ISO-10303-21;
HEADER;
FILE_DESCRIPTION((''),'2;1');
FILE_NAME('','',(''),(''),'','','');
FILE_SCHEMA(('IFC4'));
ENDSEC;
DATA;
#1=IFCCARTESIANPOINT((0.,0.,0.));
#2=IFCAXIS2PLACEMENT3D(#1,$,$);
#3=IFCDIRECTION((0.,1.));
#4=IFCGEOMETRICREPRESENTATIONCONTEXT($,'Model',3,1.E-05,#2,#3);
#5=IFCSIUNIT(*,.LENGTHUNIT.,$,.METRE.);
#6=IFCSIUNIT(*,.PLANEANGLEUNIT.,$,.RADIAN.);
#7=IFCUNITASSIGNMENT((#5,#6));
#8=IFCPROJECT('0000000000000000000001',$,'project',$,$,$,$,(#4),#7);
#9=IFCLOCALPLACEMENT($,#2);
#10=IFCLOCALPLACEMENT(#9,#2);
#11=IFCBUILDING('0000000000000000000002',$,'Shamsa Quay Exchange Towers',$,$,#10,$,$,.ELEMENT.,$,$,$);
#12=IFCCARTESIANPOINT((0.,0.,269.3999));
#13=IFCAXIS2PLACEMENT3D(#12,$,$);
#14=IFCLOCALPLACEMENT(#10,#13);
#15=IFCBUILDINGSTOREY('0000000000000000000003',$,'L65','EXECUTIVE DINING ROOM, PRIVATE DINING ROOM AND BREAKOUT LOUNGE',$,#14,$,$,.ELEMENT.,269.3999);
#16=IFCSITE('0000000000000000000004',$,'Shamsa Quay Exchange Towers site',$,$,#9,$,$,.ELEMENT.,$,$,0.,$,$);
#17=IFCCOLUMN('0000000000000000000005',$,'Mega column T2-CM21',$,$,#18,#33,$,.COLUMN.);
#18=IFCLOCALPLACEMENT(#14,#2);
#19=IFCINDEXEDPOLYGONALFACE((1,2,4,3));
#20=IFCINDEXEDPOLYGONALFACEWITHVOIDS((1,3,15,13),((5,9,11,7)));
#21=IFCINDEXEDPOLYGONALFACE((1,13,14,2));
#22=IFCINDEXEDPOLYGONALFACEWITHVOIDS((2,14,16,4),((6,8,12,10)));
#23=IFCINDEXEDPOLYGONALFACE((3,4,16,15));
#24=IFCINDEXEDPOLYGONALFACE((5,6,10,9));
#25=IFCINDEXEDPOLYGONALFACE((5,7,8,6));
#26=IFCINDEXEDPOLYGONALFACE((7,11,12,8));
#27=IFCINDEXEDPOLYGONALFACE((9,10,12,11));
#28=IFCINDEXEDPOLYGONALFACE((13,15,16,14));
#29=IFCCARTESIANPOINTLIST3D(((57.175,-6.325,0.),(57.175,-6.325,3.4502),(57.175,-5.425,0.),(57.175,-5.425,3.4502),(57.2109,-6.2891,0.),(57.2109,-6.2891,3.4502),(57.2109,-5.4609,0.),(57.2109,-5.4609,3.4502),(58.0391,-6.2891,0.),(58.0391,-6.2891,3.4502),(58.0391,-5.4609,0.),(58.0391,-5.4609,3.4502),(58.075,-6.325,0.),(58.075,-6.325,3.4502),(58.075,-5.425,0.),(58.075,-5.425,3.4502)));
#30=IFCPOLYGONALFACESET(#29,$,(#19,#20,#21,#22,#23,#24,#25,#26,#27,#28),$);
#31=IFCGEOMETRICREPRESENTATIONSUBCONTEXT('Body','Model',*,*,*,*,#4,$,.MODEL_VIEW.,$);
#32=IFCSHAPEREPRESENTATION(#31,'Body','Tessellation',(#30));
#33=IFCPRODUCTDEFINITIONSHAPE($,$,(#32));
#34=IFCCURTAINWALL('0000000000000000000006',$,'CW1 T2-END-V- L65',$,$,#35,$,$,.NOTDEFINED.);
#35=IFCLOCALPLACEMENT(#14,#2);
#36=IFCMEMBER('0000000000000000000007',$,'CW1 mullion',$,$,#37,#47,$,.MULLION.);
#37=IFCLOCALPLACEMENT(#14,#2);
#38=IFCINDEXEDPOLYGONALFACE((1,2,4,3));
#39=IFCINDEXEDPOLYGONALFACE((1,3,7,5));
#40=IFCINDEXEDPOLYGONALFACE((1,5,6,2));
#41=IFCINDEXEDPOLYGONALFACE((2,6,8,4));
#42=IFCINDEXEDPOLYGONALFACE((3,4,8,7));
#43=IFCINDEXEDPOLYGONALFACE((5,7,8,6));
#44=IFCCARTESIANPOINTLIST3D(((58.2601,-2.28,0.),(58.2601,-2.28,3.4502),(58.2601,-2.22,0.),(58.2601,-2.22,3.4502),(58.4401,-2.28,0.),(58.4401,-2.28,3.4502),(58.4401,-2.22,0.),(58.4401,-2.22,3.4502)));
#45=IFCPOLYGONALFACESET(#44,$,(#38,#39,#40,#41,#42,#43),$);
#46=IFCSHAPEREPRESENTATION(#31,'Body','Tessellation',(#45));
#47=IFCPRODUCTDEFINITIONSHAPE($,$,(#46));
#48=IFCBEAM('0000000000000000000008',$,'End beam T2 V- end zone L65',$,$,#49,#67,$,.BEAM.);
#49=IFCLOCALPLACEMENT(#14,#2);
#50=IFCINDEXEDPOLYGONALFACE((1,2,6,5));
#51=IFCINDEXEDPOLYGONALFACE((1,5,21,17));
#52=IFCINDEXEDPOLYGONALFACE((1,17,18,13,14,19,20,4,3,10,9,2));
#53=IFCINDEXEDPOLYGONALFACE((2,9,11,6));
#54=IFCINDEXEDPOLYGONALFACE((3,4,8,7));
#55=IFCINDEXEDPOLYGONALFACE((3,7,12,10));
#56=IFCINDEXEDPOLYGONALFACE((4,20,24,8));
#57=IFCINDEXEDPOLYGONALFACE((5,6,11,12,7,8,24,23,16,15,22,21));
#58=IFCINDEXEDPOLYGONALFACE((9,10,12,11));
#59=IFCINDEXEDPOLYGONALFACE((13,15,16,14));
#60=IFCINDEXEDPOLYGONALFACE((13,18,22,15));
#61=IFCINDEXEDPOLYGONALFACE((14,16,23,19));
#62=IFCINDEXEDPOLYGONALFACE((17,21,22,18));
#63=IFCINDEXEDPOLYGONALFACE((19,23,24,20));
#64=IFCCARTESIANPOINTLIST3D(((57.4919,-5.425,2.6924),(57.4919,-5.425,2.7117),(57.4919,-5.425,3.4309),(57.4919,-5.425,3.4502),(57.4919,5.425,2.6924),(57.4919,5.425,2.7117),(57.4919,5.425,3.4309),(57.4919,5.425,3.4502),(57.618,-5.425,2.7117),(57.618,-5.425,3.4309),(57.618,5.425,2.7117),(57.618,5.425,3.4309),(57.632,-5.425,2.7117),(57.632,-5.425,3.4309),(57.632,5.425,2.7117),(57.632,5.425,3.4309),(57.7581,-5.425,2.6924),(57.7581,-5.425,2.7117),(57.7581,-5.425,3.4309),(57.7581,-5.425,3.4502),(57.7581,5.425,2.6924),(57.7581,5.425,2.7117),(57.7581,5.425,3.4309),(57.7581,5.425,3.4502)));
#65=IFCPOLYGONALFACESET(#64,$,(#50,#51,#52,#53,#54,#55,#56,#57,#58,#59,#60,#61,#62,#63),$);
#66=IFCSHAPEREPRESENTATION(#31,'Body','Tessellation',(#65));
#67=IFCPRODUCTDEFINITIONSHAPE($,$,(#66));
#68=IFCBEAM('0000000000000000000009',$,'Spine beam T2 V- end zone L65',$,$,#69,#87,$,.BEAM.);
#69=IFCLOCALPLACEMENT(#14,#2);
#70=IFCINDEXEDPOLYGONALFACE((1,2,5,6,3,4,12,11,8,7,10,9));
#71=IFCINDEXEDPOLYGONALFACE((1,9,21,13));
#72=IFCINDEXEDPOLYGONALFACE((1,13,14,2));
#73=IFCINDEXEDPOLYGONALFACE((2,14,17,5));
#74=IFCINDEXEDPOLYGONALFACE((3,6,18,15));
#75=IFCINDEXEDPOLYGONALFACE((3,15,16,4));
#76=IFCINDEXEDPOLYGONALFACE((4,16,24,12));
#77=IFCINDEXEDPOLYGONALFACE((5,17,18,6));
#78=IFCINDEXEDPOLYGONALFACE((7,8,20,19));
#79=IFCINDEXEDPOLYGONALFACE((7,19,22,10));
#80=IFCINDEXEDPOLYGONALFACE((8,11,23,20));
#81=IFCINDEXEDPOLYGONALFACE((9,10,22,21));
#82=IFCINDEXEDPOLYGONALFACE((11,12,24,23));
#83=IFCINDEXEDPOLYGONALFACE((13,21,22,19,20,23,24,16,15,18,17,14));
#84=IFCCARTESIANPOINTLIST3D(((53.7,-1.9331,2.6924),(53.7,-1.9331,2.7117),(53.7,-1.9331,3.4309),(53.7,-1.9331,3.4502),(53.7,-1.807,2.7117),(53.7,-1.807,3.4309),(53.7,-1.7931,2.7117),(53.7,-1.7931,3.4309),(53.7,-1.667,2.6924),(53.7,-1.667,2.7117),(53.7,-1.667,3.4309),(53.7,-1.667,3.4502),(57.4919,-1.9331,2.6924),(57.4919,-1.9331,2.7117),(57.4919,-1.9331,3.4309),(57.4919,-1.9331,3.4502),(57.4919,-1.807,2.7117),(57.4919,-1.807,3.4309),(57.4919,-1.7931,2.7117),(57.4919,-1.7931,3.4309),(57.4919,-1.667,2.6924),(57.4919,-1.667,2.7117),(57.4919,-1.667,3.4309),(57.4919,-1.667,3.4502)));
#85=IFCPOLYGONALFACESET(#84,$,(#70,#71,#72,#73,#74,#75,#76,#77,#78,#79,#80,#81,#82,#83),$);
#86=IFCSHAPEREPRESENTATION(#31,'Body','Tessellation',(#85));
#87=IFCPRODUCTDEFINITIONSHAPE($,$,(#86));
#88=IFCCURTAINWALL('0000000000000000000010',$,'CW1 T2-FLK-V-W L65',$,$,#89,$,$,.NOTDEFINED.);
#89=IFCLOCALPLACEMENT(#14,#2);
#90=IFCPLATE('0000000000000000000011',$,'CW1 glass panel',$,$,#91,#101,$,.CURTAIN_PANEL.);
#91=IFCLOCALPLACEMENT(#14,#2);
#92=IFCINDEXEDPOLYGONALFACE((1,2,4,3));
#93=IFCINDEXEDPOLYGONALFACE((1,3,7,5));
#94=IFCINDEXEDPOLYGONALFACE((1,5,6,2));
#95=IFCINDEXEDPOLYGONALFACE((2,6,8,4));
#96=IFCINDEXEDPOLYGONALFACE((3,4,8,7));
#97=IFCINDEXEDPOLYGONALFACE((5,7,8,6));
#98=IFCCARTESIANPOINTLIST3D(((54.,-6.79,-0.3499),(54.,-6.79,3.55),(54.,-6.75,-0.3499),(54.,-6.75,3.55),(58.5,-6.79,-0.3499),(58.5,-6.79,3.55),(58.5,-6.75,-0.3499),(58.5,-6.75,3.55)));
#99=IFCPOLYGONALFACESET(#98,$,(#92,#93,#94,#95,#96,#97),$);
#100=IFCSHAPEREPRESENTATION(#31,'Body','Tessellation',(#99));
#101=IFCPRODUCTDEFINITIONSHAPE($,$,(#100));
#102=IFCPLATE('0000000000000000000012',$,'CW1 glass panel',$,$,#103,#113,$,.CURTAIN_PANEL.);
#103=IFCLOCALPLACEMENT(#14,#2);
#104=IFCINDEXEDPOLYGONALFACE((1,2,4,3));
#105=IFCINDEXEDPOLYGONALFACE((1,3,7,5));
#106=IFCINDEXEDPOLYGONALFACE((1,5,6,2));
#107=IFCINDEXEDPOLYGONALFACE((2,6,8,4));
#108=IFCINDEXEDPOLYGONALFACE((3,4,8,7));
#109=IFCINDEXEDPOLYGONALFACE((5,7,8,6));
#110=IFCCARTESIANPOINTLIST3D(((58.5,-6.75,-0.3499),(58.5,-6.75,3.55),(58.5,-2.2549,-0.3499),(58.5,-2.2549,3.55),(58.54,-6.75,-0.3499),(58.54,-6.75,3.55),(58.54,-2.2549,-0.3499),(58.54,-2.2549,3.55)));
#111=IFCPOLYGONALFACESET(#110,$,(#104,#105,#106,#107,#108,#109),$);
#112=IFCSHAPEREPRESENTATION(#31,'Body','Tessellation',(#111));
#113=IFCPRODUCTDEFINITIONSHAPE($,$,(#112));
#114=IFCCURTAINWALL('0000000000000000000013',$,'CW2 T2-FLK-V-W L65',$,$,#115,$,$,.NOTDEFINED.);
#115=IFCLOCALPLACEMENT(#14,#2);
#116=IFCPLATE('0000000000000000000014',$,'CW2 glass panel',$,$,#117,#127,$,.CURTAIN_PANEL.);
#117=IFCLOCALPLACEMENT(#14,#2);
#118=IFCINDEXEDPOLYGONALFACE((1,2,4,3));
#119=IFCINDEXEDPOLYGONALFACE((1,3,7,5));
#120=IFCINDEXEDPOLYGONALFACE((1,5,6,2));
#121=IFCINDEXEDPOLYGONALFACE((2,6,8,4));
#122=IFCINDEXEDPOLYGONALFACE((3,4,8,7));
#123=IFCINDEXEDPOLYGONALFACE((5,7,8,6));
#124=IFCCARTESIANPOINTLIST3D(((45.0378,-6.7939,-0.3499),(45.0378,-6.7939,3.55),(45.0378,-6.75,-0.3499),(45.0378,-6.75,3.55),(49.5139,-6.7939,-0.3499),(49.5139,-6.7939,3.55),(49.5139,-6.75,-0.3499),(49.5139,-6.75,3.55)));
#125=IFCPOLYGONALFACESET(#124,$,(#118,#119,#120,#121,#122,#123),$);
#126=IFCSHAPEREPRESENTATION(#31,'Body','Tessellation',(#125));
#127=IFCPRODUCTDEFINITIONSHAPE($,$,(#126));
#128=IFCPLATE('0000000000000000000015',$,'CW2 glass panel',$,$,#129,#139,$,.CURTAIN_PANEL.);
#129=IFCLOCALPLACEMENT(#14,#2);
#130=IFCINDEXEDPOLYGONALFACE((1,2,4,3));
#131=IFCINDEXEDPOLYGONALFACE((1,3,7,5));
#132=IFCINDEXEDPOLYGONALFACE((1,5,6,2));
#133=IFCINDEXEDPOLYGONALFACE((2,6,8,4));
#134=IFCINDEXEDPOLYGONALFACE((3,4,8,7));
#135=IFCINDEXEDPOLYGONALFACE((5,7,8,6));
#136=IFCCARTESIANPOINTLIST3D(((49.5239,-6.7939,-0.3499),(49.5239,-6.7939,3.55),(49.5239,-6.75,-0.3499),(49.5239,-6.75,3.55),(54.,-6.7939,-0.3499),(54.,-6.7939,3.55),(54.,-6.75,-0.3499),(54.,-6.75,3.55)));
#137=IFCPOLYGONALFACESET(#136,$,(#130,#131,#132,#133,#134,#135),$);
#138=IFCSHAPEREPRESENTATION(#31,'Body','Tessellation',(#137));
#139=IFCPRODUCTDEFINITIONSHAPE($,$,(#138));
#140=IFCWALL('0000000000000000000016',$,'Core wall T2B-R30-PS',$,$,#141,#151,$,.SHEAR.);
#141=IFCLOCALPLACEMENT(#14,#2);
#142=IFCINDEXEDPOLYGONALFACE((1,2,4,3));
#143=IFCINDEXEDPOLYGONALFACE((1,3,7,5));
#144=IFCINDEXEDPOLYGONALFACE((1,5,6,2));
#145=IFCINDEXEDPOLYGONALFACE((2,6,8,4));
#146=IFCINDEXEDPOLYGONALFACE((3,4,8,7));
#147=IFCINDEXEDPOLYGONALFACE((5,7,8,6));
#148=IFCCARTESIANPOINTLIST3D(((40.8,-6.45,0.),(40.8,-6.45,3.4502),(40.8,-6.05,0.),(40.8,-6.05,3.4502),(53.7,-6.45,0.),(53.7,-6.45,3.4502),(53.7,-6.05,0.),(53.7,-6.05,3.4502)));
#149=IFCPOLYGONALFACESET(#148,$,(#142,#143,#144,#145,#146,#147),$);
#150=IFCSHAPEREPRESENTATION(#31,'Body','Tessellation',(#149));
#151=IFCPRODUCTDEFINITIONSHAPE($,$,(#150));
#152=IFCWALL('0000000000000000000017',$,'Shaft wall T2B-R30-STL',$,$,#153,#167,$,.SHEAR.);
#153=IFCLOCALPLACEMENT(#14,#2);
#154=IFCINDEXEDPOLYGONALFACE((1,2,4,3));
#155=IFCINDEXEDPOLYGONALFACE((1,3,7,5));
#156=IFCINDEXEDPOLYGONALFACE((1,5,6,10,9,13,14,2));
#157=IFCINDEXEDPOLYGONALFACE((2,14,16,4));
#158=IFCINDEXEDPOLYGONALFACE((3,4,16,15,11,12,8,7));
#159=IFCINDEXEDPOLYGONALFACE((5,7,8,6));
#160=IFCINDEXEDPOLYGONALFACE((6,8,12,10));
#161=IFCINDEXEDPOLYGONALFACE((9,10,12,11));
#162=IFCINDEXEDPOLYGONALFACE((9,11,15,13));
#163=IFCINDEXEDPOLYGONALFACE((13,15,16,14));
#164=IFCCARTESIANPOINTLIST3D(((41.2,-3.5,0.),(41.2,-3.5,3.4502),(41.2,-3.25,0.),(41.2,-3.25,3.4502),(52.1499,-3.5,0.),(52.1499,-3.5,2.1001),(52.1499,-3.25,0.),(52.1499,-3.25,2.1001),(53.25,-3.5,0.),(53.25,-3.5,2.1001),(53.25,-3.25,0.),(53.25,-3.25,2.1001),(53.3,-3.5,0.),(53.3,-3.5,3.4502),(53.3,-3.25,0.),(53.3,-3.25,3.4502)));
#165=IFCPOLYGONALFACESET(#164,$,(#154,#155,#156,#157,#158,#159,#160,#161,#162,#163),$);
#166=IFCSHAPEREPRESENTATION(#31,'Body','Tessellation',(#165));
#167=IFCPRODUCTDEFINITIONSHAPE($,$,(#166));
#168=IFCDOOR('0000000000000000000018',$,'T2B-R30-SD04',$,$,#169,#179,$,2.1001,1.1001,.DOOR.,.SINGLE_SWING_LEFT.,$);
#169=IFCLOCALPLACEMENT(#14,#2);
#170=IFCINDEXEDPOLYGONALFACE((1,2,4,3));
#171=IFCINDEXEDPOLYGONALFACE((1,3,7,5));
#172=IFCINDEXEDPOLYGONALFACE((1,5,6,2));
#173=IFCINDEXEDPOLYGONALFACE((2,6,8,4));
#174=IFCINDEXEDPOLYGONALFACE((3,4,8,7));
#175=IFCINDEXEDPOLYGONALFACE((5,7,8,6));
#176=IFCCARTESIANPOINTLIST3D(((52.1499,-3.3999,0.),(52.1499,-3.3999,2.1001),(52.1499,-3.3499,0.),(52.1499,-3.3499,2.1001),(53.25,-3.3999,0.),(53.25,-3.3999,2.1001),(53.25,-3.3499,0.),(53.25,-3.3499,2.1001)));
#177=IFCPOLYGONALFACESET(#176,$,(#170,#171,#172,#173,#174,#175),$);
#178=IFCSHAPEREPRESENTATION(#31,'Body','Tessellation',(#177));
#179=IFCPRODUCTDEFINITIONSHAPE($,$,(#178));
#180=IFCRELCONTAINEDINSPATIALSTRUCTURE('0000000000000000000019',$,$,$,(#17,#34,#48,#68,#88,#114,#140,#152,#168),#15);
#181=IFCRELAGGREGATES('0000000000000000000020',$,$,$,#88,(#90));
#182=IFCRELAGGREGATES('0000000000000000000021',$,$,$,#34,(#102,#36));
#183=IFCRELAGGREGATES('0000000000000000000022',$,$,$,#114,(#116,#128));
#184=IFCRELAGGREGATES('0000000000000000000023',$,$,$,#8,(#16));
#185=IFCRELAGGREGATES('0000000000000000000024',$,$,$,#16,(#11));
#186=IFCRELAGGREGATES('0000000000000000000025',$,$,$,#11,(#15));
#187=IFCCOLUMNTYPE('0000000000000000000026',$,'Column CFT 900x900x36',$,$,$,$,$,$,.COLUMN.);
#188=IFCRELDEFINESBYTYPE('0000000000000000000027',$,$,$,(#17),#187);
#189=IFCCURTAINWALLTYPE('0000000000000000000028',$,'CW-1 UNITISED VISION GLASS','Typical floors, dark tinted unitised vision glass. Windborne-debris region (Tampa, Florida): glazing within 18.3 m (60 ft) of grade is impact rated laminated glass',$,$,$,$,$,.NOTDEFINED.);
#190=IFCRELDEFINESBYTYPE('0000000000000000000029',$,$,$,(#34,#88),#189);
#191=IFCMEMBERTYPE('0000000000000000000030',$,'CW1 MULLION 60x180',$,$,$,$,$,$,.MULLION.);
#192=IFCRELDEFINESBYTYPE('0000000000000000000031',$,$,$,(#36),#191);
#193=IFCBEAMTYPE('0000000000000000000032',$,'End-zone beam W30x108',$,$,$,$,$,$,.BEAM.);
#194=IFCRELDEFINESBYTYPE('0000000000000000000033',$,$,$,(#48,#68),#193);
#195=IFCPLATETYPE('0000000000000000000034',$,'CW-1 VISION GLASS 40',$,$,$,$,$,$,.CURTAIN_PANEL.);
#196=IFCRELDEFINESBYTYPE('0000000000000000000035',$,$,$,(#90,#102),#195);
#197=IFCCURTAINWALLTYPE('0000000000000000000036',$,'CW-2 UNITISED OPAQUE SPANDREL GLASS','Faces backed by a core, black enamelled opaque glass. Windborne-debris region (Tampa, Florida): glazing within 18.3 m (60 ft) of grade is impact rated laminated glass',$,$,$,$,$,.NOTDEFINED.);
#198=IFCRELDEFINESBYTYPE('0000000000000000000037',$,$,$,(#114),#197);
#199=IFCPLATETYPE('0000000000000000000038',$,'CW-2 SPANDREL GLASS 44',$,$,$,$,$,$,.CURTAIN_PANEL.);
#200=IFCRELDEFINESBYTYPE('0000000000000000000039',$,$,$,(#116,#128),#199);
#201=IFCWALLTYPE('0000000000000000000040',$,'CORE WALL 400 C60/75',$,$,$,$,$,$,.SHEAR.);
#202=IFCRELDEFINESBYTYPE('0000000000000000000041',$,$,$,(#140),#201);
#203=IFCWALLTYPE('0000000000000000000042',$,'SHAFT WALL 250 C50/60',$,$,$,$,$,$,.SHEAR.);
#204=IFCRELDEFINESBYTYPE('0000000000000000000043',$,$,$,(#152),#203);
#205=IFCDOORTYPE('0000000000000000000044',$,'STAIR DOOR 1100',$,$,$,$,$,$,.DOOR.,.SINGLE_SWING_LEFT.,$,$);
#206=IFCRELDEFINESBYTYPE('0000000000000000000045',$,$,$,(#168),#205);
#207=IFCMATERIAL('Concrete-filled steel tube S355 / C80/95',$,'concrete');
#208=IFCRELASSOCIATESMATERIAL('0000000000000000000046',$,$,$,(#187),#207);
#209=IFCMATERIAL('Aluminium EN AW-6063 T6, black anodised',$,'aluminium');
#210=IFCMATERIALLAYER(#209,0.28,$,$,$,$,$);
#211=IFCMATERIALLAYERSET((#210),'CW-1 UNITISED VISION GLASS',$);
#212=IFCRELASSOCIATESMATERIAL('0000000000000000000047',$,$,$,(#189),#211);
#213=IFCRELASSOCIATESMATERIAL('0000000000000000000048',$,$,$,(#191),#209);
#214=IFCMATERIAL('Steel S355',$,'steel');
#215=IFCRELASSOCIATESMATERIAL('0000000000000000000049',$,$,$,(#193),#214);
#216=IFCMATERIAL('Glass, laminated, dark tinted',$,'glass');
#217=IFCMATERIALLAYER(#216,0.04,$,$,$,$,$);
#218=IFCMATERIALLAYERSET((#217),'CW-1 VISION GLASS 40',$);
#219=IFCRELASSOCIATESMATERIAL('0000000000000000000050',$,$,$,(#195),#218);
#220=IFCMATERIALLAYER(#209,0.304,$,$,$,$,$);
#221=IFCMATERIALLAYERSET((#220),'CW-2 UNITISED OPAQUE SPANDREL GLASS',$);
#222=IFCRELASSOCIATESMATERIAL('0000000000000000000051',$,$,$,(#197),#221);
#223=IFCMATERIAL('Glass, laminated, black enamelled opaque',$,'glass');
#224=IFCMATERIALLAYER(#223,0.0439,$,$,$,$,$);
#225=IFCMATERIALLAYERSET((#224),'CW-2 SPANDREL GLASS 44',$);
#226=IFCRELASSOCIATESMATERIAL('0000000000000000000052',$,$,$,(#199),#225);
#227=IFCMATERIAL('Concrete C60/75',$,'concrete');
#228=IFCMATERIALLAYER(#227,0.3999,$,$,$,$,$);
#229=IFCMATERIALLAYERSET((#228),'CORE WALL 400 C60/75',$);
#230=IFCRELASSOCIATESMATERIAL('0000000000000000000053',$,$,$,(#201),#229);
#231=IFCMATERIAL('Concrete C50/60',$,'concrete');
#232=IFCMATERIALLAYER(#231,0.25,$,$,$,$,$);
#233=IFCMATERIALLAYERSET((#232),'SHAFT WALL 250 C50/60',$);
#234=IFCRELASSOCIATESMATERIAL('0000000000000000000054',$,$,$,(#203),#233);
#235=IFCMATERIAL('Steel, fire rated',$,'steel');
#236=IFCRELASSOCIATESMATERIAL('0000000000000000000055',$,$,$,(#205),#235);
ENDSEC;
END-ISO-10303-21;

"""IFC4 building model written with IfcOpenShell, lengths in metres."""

from ifc_helpers import new_model, si_unit, direction, frame, frame_2d, origin, origin_2d, place, context, subcontext, project, spatial, rectangle, hollow_rectangle, i_section, extrude, material, layer, layer_set, material_profile, profile_set, type_object, element, fill, aggregate, save


model = new_model("IFC4")

# Units and contexts
model_context = context("Model", 3, precision=1e-05, world=origin(), true_north=direction((0.0, 1.0)))
body_context = subcontext(model_context, "Body", "Model", "MODEL_VIEW")
ifc_project = project(units=[si_unit("LENGTHUNIT", "METRE"), si_unit("PLANEANGLEUNIT", "RADIAN")], contexts=[model_context])

# Site, building, storey
site_placement = place(None, origin())
site = spatial("IfcSite", under=ifc_project, at=site_placement, Name="Shamsa Quay Exchange Towers site", CompositionType="ELEMENT", RefElevation=0.0)
building_placement = place(site_placement, origin())
building = spatial("IfcBuilding", under=site, at=building_placement, Name="Shamsa Quay Exchange Towers", CompositionType="ELEMENT")
storey_placement = place(building_placement, frame((0.0, 0.0, 269.3999)))
storey = spatial("IfcBuildingStorey", under=building, at=storey_placement, Name="L65", Description="EXECUTIVE DINING ROOM, PRIVATE DINING ROOM AND BREAKOUT LOUNGE", CompositionType="ELEMENT", Elevation=269.3999)

# Column
ifc_material_1 = material(Name="Concrete-filled steel tube S355 / C80/95", Category="concrete")
ifc_material_profile_1 = material_profile(ifc_material_1, hollow_rectangle(XDim=0.8999, YDim=0.8999, WallThickness=0.0359, at=origin_2d()), Name="CFT 900x900x36")
ifc_profile_set_1 = profile_set([ifc_material_profile_1], Name="Concrete-filled steel tube S355 / C80/95")
column_type = type_object("IfcColumnType", Name="Column CFT 900x900x36", PredefinedType="COLUMN", material=ifc_profile_set_1)
column_placement = place(storey_placement, frame((57.625, -5.875, 0.0)))
element("IfcColumn", 1, at=column_placement, inside=storey, type_object=column_type, Name="Mega column T2-CM21", PredefinedType="COLUMN", context=body_context, shape_type="SweptSolid", body=[
    extrude(hollow_rectangle(XDim=0.8999, YDim=0.8999, WallThickness=0.0359, at=origin_2d()), origin(), (0.0, 0.0, 1.0), 3.4502),
])

# Curtain wall, member
ifc_material_2 = material(Name="Aluminium EN AW-6063 T6, black anodised", Category="aluminium")
ifc_layer_1 = layer(ifc_material_2, 0.28)
ifc_layer_set_1 = layer_set([ifc_layer_1], Name="CW-1 UNITISED VISION GLASS")
curtain_wall_type_1 = type_object("IfcCurtainWallType", Name="CW-1 UNITISED VISION GLASS", Description="Typical floors, dark tinted unitised vision glass. Windborne-debris region (Tampa, Florida): glazing within 18.3 m (60 ft) of grade is impact rated laminated glass", PredefinedType="NOTDEFINED", material=ifc_layer_set_1)
curtain_wall_1_placement = place(storey_placement, origin())
curtain_wall_1 = element("IfcCurtainWall", 2, at=curtain_wall_1_placement, inside=storey, type_object=curtain_wall_type_1, Name="CW1 T2-END-V- L65", PredefinedType="NOTDEFINED")
ifc_material_profile_2 = material_profile(ifc_material_2, rectangle(XDim=0.1799, YDim=0.0601, at=origin_2d()), Name="MU60x180")
ifc_profile_set_2 = profile_set([ifc_material_profile_2], Name="Aluminium EN AW-6063 T6, black anodised")
member_type = type_object("IfcMemberType", Name="CW1 MULLION 60x180", PredefinedType="MULLION", material=ifc_profile_set_2)
member_placement = place(storey_placement, frame((58.3501, -2.25, 0.0), z_axis=(0.0, 0.0, 1.0), x_axis=(-1.0, 0.0, 0.0)))
member = element("IfcMember", 3, at=member_placement, type_object=member_type, Name="CW1 mullion", PredefinedType="MULLION", context=body_context, shape_type="SweptSolid", body=[
    extrude(rectangle(XDim=0.1799, YDim=0.0601, at=origin_2d()), origin(), (0.0, 0.0, 1.0), 3.4502),
])

# Beams
ifc_material_3 = material(Name="Steel S355", Category="steel")
ifc_material_profile_3 = material_profile(ifc_material_3, i_section(OverallWidth=0.2661, OverallDepth=0.7578, WebThickness=0.0139, FlangeThickness=0.0193, at=origin_2d()), Name="W30x108")
ifc_profile_set_3 = profile_set([ifc_material_profile_3], Name="Steel S355")
beam_type = type_object("IfcBeamType", Name="End-zone beam W30x108", PredefinedType="BEAM", material=ifc_profile_set_3)
beam_1_placement = place(storey_placement, frame((57.625, -5.425, 3.0713), z_axis=(0.0, 1.0, 0.0), x_axis=(-1.0, 0.0, 0.0)))
element("IfcBeam", 4, at=beam_1_placement, inside=storey, type_object=beam_type, Name="End beam T2 V- end zone L65", PredefinedType="BEAM", context=body_context, shape_type="SweptSolid", body=[
    extrude(i_section(OverallWidth=0.2661, OverallDepth=0.7578, WebThickness=0.0139, FlangeThickness=0.0193, at=origin_2d()), origin(), (0.0, 0.0, 1.0), 10.8501),
])
beam_2_placement = place(storey_placement, frame((53.7, -1.8, 3.0713), z_axis=(1.0, 0.0, 0.0), x_axis=(0.0, 1.0, 0.0)))
element("IfcBeam", 5, at=beam_2_placement, inside=storey, type_object=beam_type, Name="Spine beam T2 V- end zone L65", PredefinedType="BEAM", context=body_context, shape_type="SweptSolid", body=[
    extrude(i_section(OverallWidth=0.2661, OverallDepth=0.7578, WebThickness=0.0139, FlangeThickness=0.0193, at=origin_2d()), origin(), (0.0, 0.0, 1.0), 3.792),
])

# Curtain wall, plate
curtain_wall_2_placement = place(storey_placement, origin())
curtain_wall_2 = element("IfcCurtainWall", 6, at=curtain_wall_2_placement, inside=storey, type_object=curtain_wall_type_1, Name="CW1 T2-FLK-V-W L65", PredefinedType="NOTDEFINED")
ifc_material_4 = material(Name="Glass, laminated, dark tinted", Category="glass")
ifc_layer_2 = layer(ifc_material_4, 0.04)
ifc_layer_set_2 = layer_set([ifc_layer_2], Name="CW-1 VISION GLASS 40")
plate_type_1 = type_object("IfcPlateType", Name="CW-1 VISION GLASS 40", PredefinedType="CURTAIN_PANEL", material=ifc_layer_set_2)
plate_1_placement = place(storey_placement, frame((56.25, -6.77, -0.3499)))
plate_1 = element("IfcPlate", 7, at=plate_1_placement, type_object=plate_type_1, Name="CW1 glass panel", PredefinedType="CURTAIN_PANEL", context=body_context, shape_type="SweptSolid", body=[
    extrude(rectangle(XDim=4.5, YDim=0.04, at=origin_2d()), origin(), (0.0, 0.0, 1.0), 3.8999),
])
aggregate(curtain_wall_2, [plate_1])

# Plate
plate_2_placement = place(storey_placement, frame((58.52, -4.5024, -0.3499), z_axis=(0.0, 0.0, 1.0), x_axis=(0.0, 1.0, 0.0)))
plate_2 = element("IfcPlate", 8, at=plate_2_placement, type_object=plate_type_1, Name="CW1 glass panel", PredefinedType="CURTAIN_PANEL", context=body_context, shape_type="SweptSolid", body=[
    extrude(rectangle(XDim=4.4951, YDim=0.04, at=origin_2d()), origin(), (0.0, 0.0, 1.0), 3.8999),
])
aggregate(curtain_wall_1, [plate_2, member])

# Curtain wall, plates
ifc_layer_3 = layer(ifc_material_2, 0.304)
ifc_layer_set_3 = layer_set([ifc_layer_3], Name="CW-2 UNITISED OPAQUE SPANDREL GLASS")
curtain_wall_type_2 = type_object("IfcCurtainWallType", Name="CW-2 UNITISED OPAQUE SPANDREL GLASS", Description="Faces backed by a core, black enamelled opaque glass. Windborne-debris region (Tampa, Florida): glazing within 18.3 m (60 ft) of grade is impact rated laminated glass", PredefinedType="NOTDEFINED", material=ifc_layer_set_3)
curtain_wall_3_placement = place(storey_placement, origin())
curtain_wall_3 = element("IfcCurtainWall", 9, at=curtain_wall_3_placement, inside=storey, type_object=curtain_wall_type_2, Name="CW2 T2-FLK-V-W L65", PredefinedType="NOTDEFINED")
ifc_material_5 = material(Name="Glass, laminated, black enamelled opaque", Category="glass")
ifc_layer_4 = layer(ifc_material_5, 0.0439)
ifc_layer_set_4 = layer_set([ifc_layer_4], Name="CW-2 SPANDREL GLASS 44")
plate_type_2 = type_object("IfcPlateType", Name="CW-2 SPANDREL GLASS 44", PredefinedType="CURTAIN_PANEL", material=ifc_layer_set_4)
plate_3_placement = place(storey_placement, frame((47.2759, -6.772, -0.3499)))
plate_3 = element("IfcPlate", 10, at=plate_3_placement, type_object=plate_type_2, Name="CW2 glass panel", PredefinedType="CURTAIN_PANEL", context=body_context, shape_type="SweptSolid", body=[
    extrude(rectangle(XDim=4.4761, YDim=0.0439, at=origin_2d()), origin(), (0.0, 0.0, 1.0), 3.8999),
])
plate_4_placement = place(storey_placement, frame((51.762, -6.772, -0.3499)))
plate_4 = element("IfcPlate", 11, at=plate_4_placement, type_object=plate_type_2, Name="CW2 glass panel", PredefinedType="CURTAIN_PANEL", context=body_context, shape_type="SweptSolid", body=[
    extrude(rectangle(XDim=4.4761, YDim=0.0439, at=origin_2d()), origin(), (0.0, 0.0, 1.0), 3.8999),
])
aggregate(curtain_wall_3, [plate_3, plate_4])

# Wall
ifc_material_6 = material(Name="Concrete C60/75", Category="concrete")
ifc_layer_5 = layer(ifc_material_6, 0.3999)
ifc_layer_set_5 = layer_set([ifc_layer_5], Name="CORE WALL 400 C60/75")
wall_type_1 = type_object("IfcWallType", Name="CORE WALL 400 C60/75", PredefinedType="SHEAR", material=ifc_layer_set_5)
wall_1_placement = place(storey_placement, frame((53.7, -6.25, 0.0), z_axis=(0.0, 0.0, 1.0), x_axis=(-1.0, 0.0, 0.0)))
element("IfcWall", 12, at=wall_1_placement, inside=storey, type_object=wall_type_1, Name="Core wall T2B-R30-PS", PredefinedType="SHEAR", context=body_context, shape_type="SweptSolid", body=[
    extrude(rectangle(XDim=12.8999, YDim=0.3999, at=frame_2d((6.45, 0.0))), origin(), (0.0, 0.0, 1.0), 3.4502),
])

# Wall, opening, door
ifc_material_7 = material(Name="Steel, fire rated", Category="steel")
ifc_material_8 = material(Name="Concrete C50/60", Category="concrete")
ifc_layer_6 = layer(ifc_material_8, 0.25)
ifc_layer_set_6 = layer_set([ifc_layer_6], Name="SHAFT WALL 250 C50/60")
wall_type_2 = type_object("IfcWallType", Name="SHAFT WALL 250 C50/60", PredefinedType="SHEAR", material=ifc_layer_set_6)
wall_2_placement = place(storey_placement, frame((53.3, -3.375, 0.0), z_axis=(0.0, 0.0, 1.0), x_axis=(-1.0, 0.0, 0.0)))
wall_2 = element("IfcWall", 13, at=wall_2_placement, inside=storey, type_object=wall_type_2, Name="Shaft wall T2B-R30-STL", PredefinedType="SHEAR", context=body_context, shape_type="SweptSolid", body=[
    extrude(rectangle(XDim=12.1001, YDim=0.25, at=frame_2d((6.05, 0.0))), origin(), (0.0, 0.0, 1.0), 3.4502),
])
opening_1_placement = place(wall_2_placement, frame((0.05, 0.0, 0.0)))
opening_1 = element("IfcOpeningElement", 14, at=opening_1_placement, cuts=wall_2, PredefinedType="OPENING", context=body_context, shape_type="SweptSolid", body=[
    extrude(rectangle(XDim=1.1001, YDim=2.1001, at=frame_2d((0.55, 1.05))), frame((0.0, 0.135, 0.0), z_axis=(0.0, -1.0, 0.0), x_axis=(1.0, 0.0, 0.0)), (0.0, 0.0, 1.0), 0.27),
])
door_type_1 = type_object("IfcDoorType", Name="STAIR DOOR 1100", OperationType="SINGLE_SWING_LEFT", PredefinedType="DOOR", material=ifc_material_7)
door_1_placement = place(opening_1_placement, origin())
door_1 = element("IfcDoor", 15, at=door_1_placement, inside=storey, type_object=door_type_1, Name="T2B-R30-SD04", OperationType="SINGLE_SWING_LEFT", OverallHeight=2.1001, OverallWidth=1.1001, PredefinedType="DOOR", context=body_context, shape_type="SweptSolid", body=[
    extrude(rectangle(XDim=1.1001, YDim=2.1001, at=frame_2d((0.55, 1.05))), frame((0.0, 0.0249, 0.0), z_axis=(0.0, -1.0, 0.0), x_axis=(1.0, 0.0, 0.0)), (0.0, 0.0, 1.0), 0.05),
])
fill(opening_1, door_1)

save(model, "model.ifc")
